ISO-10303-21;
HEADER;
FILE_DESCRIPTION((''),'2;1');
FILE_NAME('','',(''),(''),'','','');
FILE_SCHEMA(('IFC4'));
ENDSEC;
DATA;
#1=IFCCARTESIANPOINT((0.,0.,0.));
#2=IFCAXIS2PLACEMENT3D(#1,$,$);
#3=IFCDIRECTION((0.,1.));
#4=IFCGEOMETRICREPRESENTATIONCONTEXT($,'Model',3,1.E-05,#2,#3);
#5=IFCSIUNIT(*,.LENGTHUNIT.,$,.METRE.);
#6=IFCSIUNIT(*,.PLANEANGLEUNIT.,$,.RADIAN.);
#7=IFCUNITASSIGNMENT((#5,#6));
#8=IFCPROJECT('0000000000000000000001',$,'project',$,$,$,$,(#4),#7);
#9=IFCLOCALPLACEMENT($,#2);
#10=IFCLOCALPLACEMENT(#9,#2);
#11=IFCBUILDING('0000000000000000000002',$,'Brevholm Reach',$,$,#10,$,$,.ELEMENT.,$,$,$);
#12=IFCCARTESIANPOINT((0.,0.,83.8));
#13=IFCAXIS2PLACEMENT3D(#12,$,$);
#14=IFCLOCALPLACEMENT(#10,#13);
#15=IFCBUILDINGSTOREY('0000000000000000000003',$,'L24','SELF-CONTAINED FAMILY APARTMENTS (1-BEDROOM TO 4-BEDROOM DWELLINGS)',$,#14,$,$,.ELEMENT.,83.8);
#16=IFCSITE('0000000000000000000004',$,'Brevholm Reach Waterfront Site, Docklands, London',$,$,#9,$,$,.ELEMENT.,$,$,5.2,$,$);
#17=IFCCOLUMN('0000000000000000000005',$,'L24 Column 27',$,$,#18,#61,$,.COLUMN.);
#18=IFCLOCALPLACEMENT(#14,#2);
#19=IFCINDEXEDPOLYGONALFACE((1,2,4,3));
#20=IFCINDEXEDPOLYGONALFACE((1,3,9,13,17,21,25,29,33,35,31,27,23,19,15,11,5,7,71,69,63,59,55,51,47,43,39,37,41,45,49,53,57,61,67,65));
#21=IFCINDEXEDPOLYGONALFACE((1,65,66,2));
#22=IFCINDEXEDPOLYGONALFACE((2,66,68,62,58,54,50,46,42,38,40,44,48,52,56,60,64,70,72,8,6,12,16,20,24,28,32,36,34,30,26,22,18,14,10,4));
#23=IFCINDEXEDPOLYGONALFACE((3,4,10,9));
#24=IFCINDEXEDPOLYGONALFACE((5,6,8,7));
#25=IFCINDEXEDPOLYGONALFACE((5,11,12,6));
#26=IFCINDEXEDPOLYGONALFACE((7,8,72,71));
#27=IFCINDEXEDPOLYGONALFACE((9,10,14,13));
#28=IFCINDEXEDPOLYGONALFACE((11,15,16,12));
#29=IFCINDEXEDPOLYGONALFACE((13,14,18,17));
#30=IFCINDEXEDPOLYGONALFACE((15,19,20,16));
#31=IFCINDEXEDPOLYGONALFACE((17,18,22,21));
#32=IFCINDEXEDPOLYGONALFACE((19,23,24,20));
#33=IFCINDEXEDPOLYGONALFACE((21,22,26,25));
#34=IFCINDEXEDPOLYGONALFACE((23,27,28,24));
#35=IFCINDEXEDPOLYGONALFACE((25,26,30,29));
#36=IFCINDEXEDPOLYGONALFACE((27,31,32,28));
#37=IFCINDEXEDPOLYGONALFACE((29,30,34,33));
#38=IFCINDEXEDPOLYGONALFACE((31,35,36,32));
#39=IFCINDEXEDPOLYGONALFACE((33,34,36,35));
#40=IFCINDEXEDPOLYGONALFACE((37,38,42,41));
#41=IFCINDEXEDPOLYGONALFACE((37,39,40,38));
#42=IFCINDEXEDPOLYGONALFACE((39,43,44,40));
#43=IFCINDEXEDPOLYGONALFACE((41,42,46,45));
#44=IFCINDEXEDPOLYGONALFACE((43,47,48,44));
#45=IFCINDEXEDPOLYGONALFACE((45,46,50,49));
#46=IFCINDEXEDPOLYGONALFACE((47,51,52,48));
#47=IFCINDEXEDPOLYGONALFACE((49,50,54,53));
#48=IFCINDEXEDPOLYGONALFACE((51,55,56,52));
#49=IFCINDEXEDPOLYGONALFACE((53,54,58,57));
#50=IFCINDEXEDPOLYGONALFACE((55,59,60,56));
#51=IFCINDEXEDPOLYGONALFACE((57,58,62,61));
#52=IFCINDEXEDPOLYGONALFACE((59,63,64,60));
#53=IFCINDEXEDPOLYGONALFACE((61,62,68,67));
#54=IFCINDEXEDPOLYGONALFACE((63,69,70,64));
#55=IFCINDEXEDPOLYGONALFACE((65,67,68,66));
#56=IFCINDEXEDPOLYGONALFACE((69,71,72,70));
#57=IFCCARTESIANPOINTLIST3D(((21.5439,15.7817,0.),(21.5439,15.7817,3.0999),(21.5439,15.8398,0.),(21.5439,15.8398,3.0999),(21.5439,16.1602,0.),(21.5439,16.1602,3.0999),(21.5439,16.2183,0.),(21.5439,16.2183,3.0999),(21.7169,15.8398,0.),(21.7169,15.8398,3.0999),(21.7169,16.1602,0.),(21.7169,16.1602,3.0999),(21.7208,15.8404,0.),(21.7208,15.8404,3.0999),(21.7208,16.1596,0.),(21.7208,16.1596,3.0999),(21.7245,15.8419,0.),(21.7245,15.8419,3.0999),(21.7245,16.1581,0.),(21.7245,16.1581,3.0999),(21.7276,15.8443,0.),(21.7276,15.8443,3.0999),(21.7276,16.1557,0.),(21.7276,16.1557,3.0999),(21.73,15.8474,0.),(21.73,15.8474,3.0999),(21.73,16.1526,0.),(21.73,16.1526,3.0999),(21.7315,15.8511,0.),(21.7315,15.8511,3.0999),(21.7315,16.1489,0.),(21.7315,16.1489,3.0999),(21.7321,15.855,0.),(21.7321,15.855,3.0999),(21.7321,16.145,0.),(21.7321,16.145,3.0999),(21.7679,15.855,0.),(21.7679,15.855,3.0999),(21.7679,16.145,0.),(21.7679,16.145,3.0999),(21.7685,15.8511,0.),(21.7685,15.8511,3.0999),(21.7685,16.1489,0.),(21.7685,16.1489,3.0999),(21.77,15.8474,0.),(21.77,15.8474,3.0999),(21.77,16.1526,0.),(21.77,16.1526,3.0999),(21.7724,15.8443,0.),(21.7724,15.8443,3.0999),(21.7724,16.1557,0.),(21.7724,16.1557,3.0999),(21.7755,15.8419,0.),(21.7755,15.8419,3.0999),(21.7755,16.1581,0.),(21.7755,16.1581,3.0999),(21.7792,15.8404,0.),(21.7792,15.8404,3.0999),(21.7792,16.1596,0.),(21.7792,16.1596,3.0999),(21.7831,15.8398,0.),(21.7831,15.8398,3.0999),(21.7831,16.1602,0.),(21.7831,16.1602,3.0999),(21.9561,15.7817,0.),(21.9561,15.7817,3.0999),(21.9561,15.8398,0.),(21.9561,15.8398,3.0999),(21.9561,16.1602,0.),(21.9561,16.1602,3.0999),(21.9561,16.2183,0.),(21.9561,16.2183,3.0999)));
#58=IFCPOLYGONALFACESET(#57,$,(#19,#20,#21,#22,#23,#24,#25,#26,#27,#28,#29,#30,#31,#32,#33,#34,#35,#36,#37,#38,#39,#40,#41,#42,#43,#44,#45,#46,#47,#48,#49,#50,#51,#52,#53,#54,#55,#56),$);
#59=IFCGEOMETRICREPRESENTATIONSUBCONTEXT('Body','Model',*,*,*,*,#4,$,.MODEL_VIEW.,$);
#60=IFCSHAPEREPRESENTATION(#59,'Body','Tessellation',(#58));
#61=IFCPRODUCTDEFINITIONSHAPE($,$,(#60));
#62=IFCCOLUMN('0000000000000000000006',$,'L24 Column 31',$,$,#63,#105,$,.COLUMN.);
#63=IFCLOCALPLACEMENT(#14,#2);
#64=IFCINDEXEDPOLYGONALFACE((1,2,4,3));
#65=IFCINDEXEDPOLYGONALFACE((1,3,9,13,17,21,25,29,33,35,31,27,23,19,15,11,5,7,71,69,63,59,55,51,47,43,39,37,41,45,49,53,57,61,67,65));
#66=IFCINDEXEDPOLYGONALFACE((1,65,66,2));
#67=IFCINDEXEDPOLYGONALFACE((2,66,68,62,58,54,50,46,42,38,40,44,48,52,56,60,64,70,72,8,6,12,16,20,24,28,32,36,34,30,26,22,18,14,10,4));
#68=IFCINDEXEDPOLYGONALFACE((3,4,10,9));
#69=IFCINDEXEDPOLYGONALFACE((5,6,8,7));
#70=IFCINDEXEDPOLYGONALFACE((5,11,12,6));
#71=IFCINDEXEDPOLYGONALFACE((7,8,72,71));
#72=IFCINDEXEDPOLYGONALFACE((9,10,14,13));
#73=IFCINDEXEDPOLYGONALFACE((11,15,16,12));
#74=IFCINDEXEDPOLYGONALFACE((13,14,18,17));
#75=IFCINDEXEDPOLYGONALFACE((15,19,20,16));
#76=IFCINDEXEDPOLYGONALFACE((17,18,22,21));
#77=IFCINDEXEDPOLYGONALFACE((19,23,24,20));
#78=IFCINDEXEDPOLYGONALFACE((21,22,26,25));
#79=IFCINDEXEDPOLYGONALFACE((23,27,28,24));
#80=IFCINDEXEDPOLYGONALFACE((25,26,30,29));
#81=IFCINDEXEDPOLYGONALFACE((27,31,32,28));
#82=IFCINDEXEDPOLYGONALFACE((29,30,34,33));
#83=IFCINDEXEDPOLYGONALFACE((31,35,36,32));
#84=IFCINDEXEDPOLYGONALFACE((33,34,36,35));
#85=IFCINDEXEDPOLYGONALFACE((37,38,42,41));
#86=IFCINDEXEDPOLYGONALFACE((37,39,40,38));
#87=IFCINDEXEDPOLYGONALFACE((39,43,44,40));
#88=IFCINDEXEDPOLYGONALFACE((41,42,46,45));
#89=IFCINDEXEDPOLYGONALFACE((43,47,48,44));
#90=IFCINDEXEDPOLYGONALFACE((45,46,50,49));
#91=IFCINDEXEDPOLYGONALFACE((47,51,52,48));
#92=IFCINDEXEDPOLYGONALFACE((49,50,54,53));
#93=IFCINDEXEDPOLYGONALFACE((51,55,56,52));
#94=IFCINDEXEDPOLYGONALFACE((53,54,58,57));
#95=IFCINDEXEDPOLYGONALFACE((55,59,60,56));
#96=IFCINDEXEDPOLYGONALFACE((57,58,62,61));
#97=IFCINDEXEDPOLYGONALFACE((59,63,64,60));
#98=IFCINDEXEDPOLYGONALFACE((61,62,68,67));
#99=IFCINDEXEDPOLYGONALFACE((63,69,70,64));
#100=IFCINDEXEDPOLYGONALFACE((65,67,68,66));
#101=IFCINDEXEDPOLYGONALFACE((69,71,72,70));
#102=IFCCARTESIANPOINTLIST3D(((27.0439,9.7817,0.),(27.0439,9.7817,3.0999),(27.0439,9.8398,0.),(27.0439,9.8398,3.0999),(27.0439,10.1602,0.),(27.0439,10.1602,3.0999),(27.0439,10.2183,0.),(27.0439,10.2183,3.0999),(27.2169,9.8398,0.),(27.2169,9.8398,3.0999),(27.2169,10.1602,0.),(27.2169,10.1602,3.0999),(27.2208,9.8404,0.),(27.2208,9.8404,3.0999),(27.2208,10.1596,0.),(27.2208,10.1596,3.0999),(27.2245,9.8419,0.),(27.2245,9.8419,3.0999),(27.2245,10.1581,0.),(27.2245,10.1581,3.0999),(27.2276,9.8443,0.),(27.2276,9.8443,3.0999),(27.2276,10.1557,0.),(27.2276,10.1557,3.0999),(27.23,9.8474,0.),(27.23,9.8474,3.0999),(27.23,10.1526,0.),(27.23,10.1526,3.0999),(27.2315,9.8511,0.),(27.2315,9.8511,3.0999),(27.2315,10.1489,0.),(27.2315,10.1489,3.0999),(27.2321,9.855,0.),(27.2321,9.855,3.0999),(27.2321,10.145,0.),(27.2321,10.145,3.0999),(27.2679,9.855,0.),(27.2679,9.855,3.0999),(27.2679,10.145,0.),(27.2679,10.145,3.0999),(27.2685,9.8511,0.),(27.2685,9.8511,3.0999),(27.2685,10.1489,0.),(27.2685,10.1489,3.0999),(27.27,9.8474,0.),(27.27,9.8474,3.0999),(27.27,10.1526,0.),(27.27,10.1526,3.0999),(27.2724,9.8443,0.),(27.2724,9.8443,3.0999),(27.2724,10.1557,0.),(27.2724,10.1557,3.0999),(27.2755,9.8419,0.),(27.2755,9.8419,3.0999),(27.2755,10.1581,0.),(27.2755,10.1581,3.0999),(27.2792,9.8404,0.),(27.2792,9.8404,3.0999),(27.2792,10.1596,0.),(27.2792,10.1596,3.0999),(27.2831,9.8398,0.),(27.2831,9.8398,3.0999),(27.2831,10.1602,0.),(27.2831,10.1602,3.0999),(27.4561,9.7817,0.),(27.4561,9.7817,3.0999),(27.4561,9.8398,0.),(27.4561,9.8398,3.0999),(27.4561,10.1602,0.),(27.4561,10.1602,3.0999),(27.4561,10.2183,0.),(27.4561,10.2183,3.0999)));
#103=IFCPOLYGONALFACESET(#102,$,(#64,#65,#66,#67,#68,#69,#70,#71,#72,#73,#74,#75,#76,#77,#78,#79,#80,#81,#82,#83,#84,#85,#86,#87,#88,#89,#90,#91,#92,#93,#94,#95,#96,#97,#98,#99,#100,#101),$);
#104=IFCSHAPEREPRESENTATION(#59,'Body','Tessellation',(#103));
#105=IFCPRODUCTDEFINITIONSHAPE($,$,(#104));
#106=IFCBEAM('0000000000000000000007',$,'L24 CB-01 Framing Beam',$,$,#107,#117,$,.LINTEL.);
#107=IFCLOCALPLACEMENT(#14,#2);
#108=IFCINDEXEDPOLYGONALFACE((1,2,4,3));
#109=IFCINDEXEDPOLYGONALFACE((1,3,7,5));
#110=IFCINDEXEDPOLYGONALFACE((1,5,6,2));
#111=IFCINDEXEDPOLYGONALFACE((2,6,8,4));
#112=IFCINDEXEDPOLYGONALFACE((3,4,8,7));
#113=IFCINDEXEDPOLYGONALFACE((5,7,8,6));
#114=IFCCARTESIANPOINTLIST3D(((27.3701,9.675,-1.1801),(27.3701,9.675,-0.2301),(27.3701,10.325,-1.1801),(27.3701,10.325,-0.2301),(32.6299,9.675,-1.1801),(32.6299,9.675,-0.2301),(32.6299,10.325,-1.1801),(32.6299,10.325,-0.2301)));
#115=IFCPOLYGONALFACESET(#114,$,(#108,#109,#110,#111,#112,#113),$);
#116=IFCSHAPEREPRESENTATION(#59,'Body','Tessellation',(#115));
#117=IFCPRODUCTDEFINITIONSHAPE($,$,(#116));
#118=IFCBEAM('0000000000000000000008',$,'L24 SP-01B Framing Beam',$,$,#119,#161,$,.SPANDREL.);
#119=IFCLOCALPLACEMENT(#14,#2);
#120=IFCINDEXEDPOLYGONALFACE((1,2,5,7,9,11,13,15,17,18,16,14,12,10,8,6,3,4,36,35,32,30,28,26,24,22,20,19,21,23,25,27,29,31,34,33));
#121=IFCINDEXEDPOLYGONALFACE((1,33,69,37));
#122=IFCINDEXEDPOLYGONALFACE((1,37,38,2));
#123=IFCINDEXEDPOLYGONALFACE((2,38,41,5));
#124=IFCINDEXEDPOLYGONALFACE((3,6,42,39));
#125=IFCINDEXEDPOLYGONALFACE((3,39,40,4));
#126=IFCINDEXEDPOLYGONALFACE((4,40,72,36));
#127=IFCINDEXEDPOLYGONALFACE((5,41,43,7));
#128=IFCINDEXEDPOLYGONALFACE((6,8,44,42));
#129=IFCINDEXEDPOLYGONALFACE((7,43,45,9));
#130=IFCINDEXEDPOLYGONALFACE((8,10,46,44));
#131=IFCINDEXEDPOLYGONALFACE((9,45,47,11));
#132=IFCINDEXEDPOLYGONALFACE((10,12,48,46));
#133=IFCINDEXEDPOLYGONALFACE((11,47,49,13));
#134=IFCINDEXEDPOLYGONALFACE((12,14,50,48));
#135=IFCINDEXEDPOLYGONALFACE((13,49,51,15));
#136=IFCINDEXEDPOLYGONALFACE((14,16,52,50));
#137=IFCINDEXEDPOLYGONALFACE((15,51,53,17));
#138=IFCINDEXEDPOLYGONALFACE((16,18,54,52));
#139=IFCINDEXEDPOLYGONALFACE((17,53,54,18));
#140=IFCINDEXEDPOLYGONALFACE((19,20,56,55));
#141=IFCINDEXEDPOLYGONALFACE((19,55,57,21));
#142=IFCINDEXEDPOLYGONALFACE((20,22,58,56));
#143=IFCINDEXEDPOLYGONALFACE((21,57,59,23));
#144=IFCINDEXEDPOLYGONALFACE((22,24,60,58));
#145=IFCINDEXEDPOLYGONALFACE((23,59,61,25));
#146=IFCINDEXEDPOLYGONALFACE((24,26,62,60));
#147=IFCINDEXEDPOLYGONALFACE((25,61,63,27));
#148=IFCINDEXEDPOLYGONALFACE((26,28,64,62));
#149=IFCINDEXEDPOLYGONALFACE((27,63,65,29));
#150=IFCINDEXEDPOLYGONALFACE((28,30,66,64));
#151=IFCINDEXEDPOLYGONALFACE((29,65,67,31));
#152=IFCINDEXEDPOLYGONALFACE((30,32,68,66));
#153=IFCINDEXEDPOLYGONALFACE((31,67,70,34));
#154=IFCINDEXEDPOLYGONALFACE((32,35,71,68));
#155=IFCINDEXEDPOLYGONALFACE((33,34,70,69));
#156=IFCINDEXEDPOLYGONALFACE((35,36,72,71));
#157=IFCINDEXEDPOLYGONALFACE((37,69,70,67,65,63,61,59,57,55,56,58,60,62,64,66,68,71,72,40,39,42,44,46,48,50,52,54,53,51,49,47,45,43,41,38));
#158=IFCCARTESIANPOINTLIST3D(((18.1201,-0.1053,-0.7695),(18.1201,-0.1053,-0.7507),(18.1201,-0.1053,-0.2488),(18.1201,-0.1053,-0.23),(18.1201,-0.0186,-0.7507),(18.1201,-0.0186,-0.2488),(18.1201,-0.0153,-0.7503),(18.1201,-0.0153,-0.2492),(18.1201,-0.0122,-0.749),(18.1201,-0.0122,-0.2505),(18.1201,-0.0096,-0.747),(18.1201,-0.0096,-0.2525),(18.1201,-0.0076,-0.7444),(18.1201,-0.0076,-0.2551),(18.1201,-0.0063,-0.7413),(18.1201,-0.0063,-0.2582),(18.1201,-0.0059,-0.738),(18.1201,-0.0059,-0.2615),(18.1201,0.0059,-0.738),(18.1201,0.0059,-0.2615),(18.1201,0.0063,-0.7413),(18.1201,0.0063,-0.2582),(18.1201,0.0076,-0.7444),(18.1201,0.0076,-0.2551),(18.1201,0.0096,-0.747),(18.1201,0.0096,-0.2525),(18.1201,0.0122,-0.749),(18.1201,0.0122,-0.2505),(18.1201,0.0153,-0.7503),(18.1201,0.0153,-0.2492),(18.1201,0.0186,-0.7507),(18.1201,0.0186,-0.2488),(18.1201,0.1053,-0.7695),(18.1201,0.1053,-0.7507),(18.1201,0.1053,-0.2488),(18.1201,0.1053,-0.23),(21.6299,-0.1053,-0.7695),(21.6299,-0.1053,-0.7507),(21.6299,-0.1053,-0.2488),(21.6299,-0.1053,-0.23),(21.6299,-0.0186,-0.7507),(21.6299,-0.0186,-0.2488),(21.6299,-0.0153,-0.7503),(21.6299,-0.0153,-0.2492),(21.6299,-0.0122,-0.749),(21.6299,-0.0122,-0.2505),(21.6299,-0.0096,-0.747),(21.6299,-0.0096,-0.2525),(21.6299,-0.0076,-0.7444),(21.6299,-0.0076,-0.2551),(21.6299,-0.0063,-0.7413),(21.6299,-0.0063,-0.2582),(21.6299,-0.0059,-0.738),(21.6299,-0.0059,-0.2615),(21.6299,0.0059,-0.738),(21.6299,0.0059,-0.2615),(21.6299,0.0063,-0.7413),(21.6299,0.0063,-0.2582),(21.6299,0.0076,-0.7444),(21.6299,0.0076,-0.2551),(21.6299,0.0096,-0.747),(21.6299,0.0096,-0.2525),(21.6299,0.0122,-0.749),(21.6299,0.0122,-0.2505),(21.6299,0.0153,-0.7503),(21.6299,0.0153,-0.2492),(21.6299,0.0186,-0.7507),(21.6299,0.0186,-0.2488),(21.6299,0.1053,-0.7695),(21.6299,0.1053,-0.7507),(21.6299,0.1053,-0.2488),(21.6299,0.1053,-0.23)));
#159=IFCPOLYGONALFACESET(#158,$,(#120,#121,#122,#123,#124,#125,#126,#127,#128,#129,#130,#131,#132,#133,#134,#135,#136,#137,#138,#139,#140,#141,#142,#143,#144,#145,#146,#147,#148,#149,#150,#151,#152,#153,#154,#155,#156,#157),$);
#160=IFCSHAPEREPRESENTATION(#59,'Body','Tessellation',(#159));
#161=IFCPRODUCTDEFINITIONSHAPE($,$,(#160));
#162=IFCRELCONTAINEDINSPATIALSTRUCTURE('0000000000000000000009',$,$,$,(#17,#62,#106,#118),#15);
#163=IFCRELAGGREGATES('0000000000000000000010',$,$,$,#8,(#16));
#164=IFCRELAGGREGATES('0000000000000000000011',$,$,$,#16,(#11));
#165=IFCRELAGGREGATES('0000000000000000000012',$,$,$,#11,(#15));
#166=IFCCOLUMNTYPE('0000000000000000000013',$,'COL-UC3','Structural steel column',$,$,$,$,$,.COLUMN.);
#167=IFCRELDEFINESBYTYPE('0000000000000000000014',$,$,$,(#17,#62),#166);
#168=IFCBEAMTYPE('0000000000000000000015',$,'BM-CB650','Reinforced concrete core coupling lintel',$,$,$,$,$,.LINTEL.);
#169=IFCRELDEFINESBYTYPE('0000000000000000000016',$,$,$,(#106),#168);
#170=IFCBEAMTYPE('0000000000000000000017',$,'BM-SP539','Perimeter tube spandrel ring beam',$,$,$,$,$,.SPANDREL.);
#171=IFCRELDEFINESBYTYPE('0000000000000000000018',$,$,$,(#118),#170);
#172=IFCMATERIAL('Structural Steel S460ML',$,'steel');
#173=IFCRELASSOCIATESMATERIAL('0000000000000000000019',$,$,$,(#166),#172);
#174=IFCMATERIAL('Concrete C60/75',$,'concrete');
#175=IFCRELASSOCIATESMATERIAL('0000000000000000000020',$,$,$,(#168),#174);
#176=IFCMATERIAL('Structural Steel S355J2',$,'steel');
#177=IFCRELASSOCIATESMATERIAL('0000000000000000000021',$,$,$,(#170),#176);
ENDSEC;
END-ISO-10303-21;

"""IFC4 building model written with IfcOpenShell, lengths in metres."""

from ifc_helpers import new_model, si_unit, direction, frame, origin, origin_2d, place, context, subcontext, project, spatial, rectangle, i_section, extrude, material, material_profile, profile_set, type_object, element, save


model = new_model("IFC4")

# Units and contexts
model_context = context("Model", 3, precision=1e-05, world=origin(), true_north=direction((0.0, 1.0)))
body_context = subcontext(model_context, "Body", "Model", "MODEL_VIEW")
ifc_project = project(units=[si_unit("LENGTHUNIT", "METRE"), si_unit("PLANEANGLEUNIT", "RADIAN")], contexts=[model_context])

# Site, building, storey
site_placement = place(None, origin())
site = spatial("IfcSite", under=ifc_project, at=site_placement, Name="Brevholm Reach Waterfront Site, Docklands, London", CompositionType="ELEMENT", RefElevation=5.2)
building_placement = place(site_placement, origin())
building = spatial("IfcBuilding", under=site, at=building_placement, Name="Brevholm Reach", CompositionType="ELEMENT")
storey_placement = place(building_placement, frame((0.0, 0.0, 83.8)))
storey = spatial("IfcBuildingStorey", under=building, at=storey_placement, Name="L24", Description="SELF-CONTAINED FAMILY APARTMENTS (1-BEDROOM TO 4-BEDROOM DWELLINGS)", CompositionType="ELEMENT", Elevation=83.8)

# Columns
ifc_material_1 = material(Name="Structural Steel S460ML", Category="steel")
ifc_material_profile_1 = material_profile(ifc_material_1, i_section(OverallWidth=0.4121, OverallDepth=0.4365, WebThickness=0.0359, FlangeThickness=0.0581, FilletRadius=0.0151, at=origin_2d()), Name="UKC 356x406x467")
ifc_profile_set_1 = profile_set([ifc_material_profile_1], Name="Structural Steel S460ML")
column_type_1 = type_object("IfcColumnType", Name="COL-UC3", Description="Structural steel column", PredefinedType="COLUMN", material=ifc_profile_set_1)
for number, where, z_axis, x_axis, name in (
    (1, (21.75, 16.0, 0.0), (0.0, 0.0, 1.0), (1.0, 0.0, 0.0), "L24 Column 27"),
    (2, (27.25, 10.0, 0.0), (0.0, 0.0, 1.0), (1.0, 0.0, 0.0), "L24 Column 31"),
):
    element("IfcColumn", number, at=place(storey_placement, frame(where, z_axis=z_axis, x_axis=x_axis)), inside=storey, type_object=column_type_1, Name=name, PredefinedType="COLUMN", context=body_context, shape_type="SweptSolid", body=[
        extrude(i_section(OverallWidth=0.4121, OverallDepth=0.4365, WebThickness=0.0359, FlangeThickness=0.0581, FilletRadius=0.0151, at=origin_2d()), origin(), (0.0, 0.0, 1.0), 3.0999),
    ])

# Beams
ifc_material_2 = material(Name="Concrete C60/75", Category="concrete")
ifc_material_profile_2 = material_profile(ifc_material_2, rectangle(XDim=0.6499, YDim=0.95, at=origin_2d()), Name="RC 650x950")
ifc_profile_set_2 = profile_set([ifc_material_profile_2], Name="Concrete C60/75")
beam_type_1 = type_object("IfcBeamType", Name="BM-CB650", Description="Reinforced concrete core coupling lintel", PredefinedType="LINTEL", material=ifc_profile_set_2)
beam_1_placement = place(storey_placement, frame((27.3701, 10.0, -0.7051), z_axis=(1.0, 0.0, 0.0), x_axis=(0.0, 1.0, 0.0)))
element("IfcBeam", 3, at=beam_1_placement, inside=storey, type_object=beam_type_1, Name="L24 CB-01 Framing Beam", PredefinedType="LINTEL", context=body_context, shape_type="SweptSolid", body=[
    extrude(rectangle(XDim=0.6499, YDim=0.95, at=origin_2d()), origin(), (0.0, 0.0, 1.0), 5.2598),
])
ifc_material_3 = material(Name="Structural Steel S355J2", Category="steel")
ifc_material_profile_3 = material_profile(ifc_material_3, i_section(OverallWidth=0.2107, OverallDepth=0.5396, WebThickness=0.0117, FlangeThickness=0.0188, FilletRadius=0.0127, at=origin_2d()), Name="UKB 533x210x109")
ifc_profile_set_3 = profile_set([ifc_material_profile_3], Name="Structural Steel S355J2")
beam_type_2 = type_object("IfcBeamType", Name="BM-SP539", Description="Perimeter tube spandrel ring beam", PredefinedType="SPANDREL", material=ifc_profile_set_3)
beam_2_placement = place(storey_placement, frame((18.1201, 0.0, -0.4998), z_axis=(1.0, 0.0, 0.0), x_axis=(0.0, 1.0, 0.0)))
element("IfcBeam", 4, at=beam_2_placement, inside=storey, type_object=beam_type_2, Name="L24 SP-01B Framing Beam", PredefinedType="SPANDREL", context=body_context, shape_type="SweptSolid", body=[
    extrude(i_section(OverallWidth=0.2107, OverallDepth=0.5396, WebThickness=0.0117, FlangeThickness=0.0188, FilletRadius=0.0127, at=origin_2d()), origin(), (0.0, 0.0, 1.0), 3.5098),
])

save(model, "model.ifc")
